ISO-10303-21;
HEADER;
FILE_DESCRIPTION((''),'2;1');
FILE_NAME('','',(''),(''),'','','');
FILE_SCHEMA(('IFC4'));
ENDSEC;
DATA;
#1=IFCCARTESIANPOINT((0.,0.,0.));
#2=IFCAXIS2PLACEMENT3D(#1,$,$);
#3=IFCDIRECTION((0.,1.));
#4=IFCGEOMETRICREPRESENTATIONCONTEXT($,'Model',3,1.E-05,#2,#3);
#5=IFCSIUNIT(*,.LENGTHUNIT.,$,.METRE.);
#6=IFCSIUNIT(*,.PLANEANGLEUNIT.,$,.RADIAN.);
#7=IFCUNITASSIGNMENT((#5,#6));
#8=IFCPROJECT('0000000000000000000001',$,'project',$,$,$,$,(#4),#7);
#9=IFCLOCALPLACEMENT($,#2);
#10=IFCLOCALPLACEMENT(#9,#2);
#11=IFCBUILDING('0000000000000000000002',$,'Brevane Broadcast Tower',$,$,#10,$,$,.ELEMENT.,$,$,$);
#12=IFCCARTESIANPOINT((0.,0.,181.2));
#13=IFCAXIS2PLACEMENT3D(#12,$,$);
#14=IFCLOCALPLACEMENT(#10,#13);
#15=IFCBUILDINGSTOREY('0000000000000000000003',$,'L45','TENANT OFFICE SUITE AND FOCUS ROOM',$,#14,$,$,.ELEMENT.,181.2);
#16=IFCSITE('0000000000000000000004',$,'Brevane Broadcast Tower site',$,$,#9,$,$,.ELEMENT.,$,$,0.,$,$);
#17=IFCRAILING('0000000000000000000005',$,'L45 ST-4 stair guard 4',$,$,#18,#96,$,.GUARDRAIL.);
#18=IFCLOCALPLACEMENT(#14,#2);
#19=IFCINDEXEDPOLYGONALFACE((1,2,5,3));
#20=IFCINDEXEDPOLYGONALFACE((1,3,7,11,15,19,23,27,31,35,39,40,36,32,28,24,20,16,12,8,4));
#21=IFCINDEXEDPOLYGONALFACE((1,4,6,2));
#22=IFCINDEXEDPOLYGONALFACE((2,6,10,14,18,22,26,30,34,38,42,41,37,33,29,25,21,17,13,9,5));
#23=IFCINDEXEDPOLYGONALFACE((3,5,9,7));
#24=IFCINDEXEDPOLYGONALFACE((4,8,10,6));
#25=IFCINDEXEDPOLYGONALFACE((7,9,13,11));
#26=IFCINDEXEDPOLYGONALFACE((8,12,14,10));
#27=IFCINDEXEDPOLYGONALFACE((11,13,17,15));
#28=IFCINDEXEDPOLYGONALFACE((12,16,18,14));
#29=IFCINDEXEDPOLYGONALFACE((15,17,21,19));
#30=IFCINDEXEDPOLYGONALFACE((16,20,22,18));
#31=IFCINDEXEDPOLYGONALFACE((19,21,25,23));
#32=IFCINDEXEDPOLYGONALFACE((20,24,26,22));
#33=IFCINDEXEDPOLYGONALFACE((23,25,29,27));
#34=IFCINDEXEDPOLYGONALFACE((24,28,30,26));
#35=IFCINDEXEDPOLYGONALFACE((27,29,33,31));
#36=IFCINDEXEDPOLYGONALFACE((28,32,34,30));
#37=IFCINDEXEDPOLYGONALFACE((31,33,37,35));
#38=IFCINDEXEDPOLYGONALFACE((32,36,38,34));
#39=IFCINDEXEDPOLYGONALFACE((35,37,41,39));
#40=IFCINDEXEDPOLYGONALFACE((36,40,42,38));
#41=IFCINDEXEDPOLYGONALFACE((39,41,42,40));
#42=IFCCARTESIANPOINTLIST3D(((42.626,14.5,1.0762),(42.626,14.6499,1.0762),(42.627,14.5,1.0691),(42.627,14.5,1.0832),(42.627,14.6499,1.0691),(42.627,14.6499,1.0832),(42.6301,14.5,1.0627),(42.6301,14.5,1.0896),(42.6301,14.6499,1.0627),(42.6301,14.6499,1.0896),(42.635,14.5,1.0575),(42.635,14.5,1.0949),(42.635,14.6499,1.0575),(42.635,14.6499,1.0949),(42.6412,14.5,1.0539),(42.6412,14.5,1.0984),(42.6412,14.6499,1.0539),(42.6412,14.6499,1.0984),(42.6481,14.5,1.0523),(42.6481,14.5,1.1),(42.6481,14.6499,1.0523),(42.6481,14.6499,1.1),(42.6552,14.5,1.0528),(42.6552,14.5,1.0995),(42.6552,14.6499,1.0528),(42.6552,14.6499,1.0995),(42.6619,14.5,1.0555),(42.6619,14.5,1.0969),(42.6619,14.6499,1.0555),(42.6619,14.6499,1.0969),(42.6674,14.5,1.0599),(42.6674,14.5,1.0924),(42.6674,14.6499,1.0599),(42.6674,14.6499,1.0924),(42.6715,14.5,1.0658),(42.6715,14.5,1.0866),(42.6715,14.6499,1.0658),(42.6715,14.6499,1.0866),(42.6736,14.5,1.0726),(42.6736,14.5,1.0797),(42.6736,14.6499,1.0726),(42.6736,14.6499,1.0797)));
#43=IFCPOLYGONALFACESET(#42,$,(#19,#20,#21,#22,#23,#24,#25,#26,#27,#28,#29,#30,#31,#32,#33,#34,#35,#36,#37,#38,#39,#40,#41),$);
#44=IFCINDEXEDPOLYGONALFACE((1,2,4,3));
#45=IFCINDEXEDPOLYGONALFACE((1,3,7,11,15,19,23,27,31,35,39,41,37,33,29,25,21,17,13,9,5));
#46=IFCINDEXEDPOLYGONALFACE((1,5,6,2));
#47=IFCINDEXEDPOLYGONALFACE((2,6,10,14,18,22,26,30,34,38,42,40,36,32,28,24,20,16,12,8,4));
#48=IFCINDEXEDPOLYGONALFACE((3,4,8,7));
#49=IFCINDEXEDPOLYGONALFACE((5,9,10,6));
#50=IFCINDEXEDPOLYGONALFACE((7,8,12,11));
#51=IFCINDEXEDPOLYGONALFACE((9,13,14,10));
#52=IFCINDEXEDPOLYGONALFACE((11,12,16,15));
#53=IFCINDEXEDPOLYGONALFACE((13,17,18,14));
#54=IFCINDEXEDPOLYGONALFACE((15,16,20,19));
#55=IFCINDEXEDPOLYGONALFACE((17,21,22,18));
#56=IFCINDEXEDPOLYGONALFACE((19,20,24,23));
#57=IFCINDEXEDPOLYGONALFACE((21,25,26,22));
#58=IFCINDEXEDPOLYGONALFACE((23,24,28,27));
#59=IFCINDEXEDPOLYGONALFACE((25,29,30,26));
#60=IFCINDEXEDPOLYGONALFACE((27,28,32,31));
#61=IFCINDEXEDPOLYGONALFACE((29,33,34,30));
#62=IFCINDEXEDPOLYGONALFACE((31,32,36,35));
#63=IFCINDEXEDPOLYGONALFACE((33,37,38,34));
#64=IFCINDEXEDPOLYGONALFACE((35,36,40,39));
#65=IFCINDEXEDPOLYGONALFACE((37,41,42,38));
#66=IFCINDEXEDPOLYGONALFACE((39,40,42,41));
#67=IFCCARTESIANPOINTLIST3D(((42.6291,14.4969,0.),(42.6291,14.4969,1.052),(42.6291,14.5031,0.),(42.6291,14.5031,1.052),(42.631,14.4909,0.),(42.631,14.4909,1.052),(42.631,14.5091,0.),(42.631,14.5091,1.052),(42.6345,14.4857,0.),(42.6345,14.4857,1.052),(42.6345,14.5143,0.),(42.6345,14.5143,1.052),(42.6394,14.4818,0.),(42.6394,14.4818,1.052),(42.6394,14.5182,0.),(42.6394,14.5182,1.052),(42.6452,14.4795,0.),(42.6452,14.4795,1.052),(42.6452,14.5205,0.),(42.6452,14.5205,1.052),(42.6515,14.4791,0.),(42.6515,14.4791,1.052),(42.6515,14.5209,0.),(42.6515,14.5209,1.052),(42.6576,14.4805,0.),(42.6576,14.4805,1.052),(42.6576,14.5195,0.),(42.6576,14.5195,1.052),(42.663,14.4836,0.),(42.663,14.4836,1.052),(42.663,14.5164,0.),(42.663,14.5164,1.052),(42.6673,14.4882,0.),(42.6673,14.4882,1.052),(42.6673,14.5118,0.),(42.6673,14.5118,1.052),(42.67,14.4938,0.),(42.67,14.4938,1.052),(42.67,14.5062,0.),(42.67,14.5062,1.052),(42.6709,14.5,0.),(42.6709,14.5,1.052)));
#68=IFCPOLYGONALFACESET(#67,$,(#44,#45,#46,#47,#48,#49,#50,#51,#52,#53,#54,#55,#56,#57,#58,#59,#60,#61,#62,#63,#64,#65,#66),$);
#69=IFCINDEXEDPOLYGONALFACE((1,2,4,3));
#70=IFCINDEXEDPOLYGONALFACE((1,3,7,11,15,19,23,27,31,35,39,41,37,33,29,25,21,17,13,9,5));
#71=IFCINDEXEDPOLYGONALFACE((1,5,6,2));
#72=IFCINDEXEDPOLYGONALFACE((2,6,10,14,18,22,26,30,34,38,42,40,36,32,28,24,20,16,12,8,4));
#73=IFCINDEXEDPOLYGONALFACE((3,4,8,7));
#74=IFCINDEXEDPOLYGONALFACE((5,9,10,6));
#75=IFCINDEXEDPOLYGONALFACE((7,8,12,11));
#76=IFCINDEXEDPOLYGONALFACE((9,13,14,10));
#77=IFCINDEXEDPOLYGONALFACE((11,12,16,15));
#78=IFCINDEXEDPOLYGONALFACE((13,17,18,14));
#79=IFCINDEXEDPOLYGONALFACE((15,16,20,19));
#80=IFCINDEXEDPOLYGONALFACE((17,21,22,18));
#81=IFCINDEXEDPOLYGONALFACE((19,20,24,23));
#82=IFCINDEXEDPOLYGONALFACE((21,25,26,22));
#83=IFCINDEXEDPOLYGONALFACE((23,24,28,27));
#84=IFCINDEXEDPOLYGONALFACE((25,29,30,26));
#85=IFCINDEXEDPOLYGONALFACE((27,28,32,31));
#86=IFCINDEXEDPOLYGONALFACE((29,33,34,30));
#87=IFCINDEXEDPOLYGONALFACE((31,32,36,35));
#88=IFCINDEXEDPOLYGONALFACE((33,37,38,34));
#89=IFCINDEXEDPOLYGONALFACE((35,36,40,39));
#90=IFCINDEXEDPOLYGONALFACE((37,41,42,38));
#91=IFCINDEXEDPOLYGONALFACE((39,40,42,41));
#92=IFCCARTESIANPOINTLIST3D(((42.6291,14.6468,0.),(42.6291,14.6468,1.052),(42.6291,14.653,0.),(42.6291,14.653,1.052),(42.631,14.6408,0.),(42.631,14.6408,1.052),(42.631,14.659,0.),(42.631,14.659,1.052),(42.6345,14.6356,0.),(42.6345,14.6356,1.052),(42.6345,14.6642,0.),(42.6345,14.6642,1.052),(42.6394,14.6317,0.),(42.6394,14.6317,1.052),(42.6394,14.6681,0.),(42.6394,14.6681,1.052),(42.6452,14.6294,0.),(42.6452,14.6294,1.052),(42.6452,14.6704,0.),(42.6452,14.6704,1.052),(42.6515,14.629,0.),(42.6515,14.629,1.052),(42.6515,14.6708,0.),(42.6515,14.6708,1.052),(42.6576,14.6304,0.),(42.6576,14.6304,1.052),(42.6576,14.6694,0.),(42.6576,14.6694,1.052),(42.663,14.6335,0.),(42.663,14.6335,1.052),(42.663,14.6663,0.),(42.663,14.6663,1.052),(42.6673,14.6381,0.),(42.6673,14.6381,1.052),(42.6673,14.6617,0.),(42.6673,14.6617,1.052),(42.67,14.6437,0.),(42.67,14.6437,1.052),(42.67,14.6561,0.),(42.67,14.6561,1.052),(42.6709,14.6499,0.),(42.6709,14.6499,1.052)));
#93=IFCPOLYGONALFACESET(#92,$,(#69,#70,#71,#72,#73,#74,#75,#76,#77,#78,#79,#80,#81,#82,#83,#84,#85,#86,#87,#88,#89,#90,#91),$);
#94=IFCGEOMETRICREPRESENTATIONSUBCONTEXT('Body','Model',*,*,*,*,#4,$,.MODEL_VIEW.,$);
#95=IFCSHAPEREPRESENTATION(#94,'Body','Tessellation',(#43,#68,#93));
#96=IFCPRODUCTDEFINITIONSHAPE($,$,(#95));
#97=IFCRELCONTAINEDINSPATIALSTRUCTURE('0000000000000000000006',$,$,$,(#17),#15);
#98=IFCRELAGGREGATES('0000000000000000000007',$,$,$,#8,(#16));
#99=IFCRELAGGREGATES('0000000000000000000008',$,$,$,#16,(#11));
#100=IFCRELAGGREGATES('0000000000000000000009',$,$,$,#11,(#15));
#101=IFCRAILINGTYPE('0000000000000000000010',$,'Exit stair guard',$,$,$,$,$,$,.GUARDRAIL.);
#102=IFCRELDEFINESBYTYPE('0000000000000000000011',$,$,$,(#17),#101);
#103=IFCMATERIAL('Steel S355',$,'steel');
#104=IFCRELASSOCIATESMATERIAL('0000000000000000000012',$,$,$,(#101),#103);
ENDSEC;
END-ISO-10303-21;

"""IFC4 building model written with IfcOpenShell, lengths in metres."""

from ifc_helpers import new_model, si_unit, direction, frame, origin, origin_2d, place, context, subcontext, project, spatial, circle, extrude, material, type_object, element, save


model = new_model("IFC4")

# Units and contexts
model_context = context("Model", 3, precision=1e-05, world=origin(), true_north=direction((0.0, 1.0)))
body_context = subcontext(model_context, "Body", "Model", "MODEL_VIEW")
ifc_project = project(units=[si_unit("LENGTHUNIT", "METRE"), si_unit("PLANEANGLEUNIT", "RADIAN")], contexts=[model_context])

# Site, building, storey
site_placement = place(None, origin())
site = spatial("IfcSite", under=ifc_project, at=site_placement, Name="Brevane Broadcast Tower site", CompositionType="ELEMENT", RefElevation=0.0)
building_placement = place(site_placement, origin())
building = spatial("IfcBuilding", under=site, at=building_placement, Name="Brevane Broadcast Tower", CompositionType="ELEMENT")
storey_placement = place(building_placement, frame((0.0, 0.0, 181.2)))
storey = spatial("IfcBuildingStorey", under=building, at=storey_placement, Name="L45", Description="TENANT OFFICE SUITE AND FOCUS ROOM", CompositionType="ELEMENT", Elevation=181.2)

# Railing
ifc_material_1 = material(Name="Steel S355", Category="steel")
railing_type_1 = type_object("IfcRailingType", Name="Exit stair guard", PredefinedType="GUARDRAIL", material=ifc_material_1)
railing_1_placement = place(storey_placement, frame((42.6499, 14.5, 0.0)))
element("IfcRailing", 1, at=railing_1_placement, inside=storey, type_object=railing_type_1, Name="L45 ST-4 stair guard 4", PredefinedType="GUARDRAIL", context=body_context, shape_type="SweptSolid", body=[
    extrude(circle(Radius=0.0239, at=origin_2d()), frame((0.0, 0.0, 1.0762), z_axis=(0.0, 1.0, 0.0), x_axis=(-1.0, 0.0, 0.0)), (0.0, 0.0, 1.0), 0.1499),
    extrude(circle(Radius=0.021, at=origin_2d()), origin(), (0.0, 0.0, 1.0), 1.052),
    extrude(circle(Radius=0.021, at=origin_2d()), frame((0.0, 0.1499, 0.0)), (0.0, 0.0, 1.0), 1.052),
])

save(model, "model.ifc")
